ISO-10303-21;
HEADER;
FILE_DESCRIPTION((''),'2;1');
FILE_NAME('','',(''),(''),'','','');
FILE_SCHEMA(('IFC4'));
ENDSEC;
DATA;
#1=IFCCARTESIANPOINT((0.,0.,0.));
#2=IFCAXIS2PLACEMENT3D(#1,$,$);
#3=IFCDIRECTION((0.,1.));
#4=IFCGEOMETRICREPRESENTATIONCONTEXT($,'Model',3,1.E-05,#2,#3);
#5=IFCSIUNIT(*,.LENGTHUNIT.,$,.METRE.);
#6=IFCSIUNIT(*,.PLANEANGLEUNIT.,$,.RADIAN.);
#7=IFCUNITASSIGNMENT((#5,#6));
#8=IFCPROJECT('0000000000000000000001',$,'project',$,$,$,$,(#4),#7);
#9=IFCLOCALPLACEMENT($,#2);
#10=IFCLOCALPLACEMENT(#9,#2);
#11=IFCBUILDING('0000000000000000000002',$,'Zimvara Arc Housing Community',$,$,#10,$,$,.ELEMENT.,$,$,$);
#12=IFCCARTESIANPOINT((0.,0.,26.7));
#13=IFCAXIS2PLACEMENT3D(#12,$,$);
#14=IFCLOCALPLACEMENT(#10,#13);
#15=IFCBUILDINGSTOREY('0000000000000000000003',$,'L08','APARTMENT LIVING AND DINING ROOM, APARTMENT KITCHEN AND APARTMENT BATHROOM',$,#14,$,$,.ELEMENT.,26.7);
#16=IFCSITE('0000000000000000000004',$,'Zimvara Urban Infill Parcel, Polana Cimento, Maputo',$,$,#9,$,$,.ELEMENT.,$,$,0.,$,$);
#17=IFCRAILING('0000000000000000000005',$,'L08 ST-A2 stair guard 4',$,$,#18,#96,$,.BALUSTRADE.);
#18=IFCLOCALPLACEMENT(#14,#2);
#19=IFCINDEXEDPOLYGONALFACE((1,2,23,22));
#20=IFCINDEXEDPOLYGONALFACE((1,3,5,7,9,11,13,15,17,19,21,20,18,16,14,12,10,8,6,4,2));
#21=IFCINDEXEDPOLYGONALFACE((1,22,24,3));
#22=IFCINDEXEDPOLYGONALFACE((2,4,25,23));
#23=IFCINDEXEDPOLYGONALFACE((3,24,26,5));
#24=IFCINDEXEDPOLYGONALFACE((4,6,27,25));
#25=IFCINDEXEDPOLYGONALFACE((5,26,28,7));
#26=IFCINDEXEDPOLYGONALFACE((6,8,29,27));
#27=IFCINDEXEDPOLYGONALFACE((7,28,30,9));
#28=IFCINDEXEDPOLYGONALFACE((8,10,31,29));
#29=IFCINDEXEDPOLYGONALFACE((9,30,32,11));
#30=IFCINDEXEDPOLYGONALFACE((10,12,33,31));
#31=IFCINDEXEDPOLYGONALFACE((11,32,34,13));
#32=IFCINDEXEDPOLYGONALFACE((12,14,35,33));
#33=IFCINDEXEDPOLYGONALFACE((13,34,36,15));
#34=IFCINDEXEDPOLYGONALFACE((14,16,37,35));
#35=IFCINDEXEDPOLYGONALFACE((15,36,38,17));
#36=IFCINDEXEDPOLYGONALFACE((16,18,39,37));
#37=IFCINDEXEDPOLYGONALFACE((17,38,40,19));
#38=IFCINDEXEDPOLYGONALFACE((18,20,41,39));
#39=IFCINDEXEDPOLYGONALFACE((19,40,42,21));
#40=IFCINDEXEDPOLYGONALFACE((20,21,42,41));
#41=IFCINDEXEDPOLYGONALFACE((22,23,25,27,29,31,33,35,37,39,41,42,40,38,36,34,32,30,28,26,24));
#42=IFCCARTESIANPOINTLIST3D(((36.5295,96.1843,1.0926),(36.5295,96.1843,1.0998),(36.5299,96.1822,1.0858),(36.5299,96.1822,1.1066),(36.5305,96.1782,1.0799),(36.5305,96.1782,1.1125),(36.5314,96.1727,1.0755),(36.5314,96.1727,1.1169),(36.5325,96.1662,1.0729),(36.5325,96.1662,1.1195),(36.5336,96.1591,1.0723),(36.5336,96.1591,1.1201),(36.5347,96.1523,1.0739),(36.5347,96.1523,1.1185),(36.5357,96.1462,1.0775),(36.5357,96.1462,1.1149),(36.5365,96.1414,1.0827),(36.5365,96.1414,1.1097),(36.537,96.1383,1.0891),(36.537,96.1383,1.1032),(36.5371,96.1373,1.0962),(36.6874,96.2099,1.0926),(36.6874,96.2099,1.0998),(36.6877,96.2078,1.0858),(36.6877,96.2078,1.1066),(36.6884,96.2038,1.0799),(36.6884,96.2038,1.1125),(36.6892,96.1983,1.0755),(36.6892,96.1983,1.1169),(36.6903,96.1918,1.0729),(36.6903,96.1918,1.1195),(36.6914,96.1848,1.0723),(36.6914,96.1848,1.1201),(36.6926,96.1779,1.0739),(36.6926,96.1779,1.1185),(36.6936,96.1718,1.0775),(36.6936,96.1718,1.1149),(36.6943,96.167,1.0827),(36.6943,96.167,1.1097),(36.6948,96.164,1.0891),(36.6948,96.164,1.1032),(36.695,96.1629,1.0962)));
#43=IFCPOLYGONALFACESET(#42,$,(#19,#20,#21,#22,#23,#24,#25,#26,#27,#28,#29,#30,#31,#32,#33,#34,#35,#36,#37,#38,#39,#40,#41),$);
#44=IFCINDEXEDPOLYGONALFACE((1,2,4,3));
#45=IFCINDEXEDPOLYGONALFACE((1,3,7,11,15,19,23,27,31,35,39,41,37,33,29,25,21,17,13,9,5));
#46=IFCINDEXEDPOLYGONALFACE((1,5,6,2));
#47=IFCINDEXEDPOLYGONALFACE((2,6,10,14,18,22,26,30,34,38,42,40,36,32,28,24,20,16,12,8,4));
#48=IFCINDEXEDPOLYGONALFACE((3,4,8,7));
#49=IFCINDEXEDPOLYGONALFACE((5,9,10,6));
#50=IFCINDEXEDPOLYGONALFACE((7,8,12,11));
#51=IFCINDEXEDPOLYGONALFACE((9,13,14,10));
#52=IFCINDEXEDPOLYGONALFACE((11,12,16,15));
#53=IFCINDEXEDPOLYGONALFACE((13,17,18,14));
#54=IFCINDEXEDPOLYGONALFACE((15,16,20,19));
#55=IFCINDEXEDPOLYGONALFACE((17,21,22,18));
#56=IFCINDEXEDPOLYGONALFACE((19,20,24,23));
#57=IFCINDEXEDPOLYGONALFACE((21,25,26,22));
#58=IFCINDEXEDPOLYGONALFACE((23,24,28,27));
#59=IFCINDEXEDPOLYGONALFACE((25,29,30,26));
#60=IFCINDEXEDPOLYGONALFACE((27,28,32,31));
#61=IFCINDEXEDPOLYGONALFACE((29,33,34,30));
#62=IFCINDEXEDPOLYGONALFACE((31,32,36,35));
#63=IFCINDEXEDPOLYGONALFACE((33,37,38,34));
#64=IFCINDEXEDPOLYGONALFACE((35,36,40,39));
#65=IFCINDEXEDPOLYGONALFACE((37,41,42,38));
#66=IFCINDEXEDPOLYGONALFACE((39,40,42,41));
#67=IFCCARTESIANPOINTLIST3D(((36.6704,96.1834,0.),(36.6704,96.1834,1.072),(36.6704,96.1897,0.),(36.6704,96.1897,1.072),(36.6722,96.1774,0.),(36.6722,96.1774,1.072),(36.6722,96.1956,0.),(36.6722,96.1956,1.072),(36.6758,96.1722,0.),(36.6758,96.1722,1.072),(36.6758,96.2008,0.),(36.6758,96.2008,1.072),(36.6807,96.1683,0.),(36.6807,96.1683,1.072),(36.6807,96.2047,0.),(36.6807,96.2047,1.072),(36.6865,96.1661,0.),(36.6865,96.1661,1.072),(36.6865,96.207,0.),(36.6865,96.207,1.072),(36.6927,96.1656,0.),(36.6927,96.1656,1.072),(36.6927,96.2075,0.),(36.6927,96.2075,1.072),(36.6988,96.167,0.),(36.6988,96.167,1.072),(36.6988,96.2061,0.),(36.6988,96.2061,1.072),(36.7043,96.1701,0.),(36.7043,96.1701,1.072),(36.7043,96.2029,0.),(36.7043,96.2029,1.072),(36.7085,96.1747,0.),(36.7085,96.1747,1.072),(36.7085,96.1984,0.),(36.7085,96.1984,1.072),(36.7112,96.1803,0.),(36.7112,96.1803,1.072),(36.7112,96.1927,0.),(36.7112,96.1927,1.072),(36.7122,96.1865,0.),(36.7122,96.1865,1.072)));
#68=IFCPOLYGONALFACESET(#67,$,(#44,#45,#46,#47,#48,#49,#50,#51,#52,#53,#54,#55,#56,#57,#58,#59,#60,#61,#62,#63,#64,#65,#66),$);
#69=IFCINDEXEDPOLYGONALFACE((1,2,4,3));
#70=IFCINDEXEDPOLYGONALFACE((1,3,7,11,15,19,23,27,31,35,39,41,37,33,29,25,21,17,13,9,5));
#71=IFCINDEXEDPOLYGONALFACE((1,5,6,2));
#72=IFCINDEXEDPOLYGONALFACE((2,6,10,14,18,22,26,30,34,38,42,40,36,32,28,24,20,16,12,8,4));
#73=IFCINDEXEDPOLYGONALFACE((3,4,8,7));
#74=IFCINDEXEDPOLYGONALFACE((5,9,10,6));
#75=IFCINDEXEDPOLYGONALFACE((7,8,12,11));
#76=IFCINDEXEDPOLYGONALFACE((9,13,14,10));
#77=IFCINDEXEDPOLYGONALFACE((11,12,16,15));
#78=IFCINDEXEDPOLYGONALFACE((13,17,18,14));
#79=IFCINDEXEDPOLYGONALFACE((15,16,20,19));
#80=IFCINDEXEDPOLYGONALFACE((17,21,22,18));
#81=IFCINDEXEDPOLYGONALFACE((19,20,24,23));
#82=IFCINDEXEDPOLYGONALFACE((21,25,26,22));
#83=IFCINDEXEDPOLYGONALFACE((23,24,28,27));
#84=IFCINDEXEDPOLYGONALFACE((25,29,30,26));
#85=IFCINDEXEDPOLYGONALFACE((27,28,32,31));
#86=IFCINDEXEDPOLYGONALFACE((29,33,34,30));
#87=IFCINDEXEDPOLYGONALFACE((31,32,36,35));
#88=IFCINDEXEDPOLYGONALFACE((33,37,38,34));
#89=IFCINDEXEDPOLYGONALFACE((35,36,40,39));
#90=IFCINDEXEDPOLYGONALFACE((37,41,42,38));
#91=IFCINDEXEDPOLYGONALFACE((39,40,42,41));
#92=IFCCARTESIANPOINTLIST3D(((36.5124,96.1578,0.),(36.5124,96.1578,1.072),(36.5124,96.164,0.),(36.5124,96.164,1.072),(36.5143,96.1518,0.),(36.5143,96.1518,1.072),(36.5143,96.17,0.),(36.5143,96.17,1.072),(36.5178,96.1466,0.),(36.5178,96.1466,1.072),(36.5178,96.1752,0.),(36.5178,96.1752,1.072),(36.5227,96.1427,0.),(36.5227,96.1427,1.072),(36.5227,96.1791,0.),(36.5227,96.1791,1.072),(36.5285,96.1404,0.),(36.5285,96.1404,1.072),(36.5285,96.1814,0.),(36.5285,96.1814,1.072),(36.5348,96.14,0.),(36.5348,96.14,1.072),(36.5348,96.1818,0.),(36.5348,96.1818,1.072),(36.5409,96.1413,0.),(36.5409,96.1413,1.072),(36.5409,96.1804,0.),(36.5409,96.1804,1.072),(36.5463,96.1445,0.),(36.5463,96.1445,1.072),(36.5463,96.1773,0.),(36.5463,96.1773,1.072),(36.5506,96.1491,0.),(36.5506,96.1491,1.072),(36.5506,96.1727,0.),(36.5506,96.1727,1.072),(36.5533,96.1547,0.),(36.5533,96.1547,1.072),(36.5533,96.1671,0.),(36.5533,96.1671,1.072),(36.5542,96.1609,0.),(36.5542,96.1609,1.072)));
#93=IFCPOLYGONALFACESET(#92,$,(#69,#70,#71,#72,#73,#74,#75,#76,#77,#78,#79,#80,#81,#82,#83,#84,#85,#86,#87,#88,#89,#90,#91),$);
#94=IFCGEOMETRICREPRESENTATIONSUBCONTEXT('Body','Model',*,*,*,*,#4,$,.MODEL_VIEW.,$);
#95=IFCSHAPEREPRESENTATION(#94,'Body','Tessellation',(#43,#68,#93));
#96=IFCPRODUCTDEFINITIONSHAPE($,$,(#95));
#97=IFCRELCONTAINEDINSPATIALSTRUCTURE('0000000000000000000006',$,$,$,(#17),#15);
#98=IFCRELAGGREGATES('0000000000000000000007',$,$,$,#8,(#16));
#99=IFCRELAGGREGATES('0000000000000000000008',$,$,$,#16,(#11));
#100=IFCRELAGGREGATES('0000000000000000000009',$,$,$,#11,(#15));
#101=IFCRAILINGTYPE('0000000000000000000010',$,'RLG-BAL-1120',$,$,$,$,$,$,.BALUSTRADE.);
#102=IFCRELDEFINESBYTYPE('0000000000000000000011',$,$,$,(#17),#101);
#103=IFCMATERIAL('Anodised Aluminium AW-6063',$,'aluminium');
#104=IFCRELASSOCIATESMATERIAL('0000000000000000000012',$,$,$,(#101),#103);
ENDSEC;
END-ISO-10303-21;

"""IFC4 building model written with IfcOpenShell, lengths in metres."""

from ifc_helpers import new_model, si_unit, direction, frame, origin, origin_2d, place, context, subcontext, project, spatial, circle, extrude, material, type_object, element, save


model = new_model("IFC4")

# Units and contexts
model_context = context("Model", 3, precision=1e-05, world=origin(), true_north=direction((0.0, 1.0)))
body_context = subcontext(model_context, "Body", "Model", "MODEL_VIEW")
ifc_project = project(units=[si_unit("LENGTHUNIT", "METRE"), si_unit("PLANEANGLEUNIT", "RADIAN")], contexts=[model_context])

# Site, building, storey
site_placement = place(None, origin())
site = spatial("IfcSite", under=ifc_project, at=site_placement, Name="Zimvara Urban Infill Parcel, Polana Cimento, Maputo", CompositionType="ELEMENT", RefElevation=0.0)
building_placement = place(site_placement, origin())
building = spatial("IfcBuilding", under=site, at=building_placement, Name="Zimvara Arc Housing Community", CompositionType="ELEMENT")
storey_placement = place(building_placement, frame((0.0, 0.0, 26.7)))
storey = spatial("IfcBuildingStorey", under=building, at=storey_placement, Name="L08", Description="APARTMENT LIVING AND DINING ROOM, APARTMENT KITCHEN AND APARTMENT BATHROOM", CompositionType="ELEMENT", Elevation=26.7)

# Railing
ifc_material_1 = material(Name="Anodised Aluminium AW-6063", Category="aluminium")
railing_type_1 = type_object("IfcRailingType", Name="RLG-BAL-1120", PredefinedType="BALUSTRADE", material=ifc_material_1)
railing_1_placement = place(storey_placement, frame((36.6912, 96.1865, 0.0)))
element("IfcRailing", 1, at=railing_1_placement, inside=storey, type_object=railing_type_1, Name="L08 ST-A2 stair guard 4", PredefinedType="BALUSTRADE", context=body_context, shape_type="SweptSolid", body=[
    extrude(circle(Radius=0.0239, at=origin_2d()), frame((0.0, 0.0, 1.0962), z_axis=(-0.987086, -0.160192, 0.0), x_axis=(0.160192, -0.987086, 0.0)), (0.0, 0.0, 1.0), 0.1599),
    extrude(circle(Radius=0.021, at=origin_2d()), origin(), (0.0, 0.0, 1.0), 1.072),
    extrude(circle(Radius=0.021, at=origin_2d()), frame((-0.158, -0.0256, 0.0)), (0.0, 0.0, 1.0), 1.072),
])

save(model, "model.ifc")
